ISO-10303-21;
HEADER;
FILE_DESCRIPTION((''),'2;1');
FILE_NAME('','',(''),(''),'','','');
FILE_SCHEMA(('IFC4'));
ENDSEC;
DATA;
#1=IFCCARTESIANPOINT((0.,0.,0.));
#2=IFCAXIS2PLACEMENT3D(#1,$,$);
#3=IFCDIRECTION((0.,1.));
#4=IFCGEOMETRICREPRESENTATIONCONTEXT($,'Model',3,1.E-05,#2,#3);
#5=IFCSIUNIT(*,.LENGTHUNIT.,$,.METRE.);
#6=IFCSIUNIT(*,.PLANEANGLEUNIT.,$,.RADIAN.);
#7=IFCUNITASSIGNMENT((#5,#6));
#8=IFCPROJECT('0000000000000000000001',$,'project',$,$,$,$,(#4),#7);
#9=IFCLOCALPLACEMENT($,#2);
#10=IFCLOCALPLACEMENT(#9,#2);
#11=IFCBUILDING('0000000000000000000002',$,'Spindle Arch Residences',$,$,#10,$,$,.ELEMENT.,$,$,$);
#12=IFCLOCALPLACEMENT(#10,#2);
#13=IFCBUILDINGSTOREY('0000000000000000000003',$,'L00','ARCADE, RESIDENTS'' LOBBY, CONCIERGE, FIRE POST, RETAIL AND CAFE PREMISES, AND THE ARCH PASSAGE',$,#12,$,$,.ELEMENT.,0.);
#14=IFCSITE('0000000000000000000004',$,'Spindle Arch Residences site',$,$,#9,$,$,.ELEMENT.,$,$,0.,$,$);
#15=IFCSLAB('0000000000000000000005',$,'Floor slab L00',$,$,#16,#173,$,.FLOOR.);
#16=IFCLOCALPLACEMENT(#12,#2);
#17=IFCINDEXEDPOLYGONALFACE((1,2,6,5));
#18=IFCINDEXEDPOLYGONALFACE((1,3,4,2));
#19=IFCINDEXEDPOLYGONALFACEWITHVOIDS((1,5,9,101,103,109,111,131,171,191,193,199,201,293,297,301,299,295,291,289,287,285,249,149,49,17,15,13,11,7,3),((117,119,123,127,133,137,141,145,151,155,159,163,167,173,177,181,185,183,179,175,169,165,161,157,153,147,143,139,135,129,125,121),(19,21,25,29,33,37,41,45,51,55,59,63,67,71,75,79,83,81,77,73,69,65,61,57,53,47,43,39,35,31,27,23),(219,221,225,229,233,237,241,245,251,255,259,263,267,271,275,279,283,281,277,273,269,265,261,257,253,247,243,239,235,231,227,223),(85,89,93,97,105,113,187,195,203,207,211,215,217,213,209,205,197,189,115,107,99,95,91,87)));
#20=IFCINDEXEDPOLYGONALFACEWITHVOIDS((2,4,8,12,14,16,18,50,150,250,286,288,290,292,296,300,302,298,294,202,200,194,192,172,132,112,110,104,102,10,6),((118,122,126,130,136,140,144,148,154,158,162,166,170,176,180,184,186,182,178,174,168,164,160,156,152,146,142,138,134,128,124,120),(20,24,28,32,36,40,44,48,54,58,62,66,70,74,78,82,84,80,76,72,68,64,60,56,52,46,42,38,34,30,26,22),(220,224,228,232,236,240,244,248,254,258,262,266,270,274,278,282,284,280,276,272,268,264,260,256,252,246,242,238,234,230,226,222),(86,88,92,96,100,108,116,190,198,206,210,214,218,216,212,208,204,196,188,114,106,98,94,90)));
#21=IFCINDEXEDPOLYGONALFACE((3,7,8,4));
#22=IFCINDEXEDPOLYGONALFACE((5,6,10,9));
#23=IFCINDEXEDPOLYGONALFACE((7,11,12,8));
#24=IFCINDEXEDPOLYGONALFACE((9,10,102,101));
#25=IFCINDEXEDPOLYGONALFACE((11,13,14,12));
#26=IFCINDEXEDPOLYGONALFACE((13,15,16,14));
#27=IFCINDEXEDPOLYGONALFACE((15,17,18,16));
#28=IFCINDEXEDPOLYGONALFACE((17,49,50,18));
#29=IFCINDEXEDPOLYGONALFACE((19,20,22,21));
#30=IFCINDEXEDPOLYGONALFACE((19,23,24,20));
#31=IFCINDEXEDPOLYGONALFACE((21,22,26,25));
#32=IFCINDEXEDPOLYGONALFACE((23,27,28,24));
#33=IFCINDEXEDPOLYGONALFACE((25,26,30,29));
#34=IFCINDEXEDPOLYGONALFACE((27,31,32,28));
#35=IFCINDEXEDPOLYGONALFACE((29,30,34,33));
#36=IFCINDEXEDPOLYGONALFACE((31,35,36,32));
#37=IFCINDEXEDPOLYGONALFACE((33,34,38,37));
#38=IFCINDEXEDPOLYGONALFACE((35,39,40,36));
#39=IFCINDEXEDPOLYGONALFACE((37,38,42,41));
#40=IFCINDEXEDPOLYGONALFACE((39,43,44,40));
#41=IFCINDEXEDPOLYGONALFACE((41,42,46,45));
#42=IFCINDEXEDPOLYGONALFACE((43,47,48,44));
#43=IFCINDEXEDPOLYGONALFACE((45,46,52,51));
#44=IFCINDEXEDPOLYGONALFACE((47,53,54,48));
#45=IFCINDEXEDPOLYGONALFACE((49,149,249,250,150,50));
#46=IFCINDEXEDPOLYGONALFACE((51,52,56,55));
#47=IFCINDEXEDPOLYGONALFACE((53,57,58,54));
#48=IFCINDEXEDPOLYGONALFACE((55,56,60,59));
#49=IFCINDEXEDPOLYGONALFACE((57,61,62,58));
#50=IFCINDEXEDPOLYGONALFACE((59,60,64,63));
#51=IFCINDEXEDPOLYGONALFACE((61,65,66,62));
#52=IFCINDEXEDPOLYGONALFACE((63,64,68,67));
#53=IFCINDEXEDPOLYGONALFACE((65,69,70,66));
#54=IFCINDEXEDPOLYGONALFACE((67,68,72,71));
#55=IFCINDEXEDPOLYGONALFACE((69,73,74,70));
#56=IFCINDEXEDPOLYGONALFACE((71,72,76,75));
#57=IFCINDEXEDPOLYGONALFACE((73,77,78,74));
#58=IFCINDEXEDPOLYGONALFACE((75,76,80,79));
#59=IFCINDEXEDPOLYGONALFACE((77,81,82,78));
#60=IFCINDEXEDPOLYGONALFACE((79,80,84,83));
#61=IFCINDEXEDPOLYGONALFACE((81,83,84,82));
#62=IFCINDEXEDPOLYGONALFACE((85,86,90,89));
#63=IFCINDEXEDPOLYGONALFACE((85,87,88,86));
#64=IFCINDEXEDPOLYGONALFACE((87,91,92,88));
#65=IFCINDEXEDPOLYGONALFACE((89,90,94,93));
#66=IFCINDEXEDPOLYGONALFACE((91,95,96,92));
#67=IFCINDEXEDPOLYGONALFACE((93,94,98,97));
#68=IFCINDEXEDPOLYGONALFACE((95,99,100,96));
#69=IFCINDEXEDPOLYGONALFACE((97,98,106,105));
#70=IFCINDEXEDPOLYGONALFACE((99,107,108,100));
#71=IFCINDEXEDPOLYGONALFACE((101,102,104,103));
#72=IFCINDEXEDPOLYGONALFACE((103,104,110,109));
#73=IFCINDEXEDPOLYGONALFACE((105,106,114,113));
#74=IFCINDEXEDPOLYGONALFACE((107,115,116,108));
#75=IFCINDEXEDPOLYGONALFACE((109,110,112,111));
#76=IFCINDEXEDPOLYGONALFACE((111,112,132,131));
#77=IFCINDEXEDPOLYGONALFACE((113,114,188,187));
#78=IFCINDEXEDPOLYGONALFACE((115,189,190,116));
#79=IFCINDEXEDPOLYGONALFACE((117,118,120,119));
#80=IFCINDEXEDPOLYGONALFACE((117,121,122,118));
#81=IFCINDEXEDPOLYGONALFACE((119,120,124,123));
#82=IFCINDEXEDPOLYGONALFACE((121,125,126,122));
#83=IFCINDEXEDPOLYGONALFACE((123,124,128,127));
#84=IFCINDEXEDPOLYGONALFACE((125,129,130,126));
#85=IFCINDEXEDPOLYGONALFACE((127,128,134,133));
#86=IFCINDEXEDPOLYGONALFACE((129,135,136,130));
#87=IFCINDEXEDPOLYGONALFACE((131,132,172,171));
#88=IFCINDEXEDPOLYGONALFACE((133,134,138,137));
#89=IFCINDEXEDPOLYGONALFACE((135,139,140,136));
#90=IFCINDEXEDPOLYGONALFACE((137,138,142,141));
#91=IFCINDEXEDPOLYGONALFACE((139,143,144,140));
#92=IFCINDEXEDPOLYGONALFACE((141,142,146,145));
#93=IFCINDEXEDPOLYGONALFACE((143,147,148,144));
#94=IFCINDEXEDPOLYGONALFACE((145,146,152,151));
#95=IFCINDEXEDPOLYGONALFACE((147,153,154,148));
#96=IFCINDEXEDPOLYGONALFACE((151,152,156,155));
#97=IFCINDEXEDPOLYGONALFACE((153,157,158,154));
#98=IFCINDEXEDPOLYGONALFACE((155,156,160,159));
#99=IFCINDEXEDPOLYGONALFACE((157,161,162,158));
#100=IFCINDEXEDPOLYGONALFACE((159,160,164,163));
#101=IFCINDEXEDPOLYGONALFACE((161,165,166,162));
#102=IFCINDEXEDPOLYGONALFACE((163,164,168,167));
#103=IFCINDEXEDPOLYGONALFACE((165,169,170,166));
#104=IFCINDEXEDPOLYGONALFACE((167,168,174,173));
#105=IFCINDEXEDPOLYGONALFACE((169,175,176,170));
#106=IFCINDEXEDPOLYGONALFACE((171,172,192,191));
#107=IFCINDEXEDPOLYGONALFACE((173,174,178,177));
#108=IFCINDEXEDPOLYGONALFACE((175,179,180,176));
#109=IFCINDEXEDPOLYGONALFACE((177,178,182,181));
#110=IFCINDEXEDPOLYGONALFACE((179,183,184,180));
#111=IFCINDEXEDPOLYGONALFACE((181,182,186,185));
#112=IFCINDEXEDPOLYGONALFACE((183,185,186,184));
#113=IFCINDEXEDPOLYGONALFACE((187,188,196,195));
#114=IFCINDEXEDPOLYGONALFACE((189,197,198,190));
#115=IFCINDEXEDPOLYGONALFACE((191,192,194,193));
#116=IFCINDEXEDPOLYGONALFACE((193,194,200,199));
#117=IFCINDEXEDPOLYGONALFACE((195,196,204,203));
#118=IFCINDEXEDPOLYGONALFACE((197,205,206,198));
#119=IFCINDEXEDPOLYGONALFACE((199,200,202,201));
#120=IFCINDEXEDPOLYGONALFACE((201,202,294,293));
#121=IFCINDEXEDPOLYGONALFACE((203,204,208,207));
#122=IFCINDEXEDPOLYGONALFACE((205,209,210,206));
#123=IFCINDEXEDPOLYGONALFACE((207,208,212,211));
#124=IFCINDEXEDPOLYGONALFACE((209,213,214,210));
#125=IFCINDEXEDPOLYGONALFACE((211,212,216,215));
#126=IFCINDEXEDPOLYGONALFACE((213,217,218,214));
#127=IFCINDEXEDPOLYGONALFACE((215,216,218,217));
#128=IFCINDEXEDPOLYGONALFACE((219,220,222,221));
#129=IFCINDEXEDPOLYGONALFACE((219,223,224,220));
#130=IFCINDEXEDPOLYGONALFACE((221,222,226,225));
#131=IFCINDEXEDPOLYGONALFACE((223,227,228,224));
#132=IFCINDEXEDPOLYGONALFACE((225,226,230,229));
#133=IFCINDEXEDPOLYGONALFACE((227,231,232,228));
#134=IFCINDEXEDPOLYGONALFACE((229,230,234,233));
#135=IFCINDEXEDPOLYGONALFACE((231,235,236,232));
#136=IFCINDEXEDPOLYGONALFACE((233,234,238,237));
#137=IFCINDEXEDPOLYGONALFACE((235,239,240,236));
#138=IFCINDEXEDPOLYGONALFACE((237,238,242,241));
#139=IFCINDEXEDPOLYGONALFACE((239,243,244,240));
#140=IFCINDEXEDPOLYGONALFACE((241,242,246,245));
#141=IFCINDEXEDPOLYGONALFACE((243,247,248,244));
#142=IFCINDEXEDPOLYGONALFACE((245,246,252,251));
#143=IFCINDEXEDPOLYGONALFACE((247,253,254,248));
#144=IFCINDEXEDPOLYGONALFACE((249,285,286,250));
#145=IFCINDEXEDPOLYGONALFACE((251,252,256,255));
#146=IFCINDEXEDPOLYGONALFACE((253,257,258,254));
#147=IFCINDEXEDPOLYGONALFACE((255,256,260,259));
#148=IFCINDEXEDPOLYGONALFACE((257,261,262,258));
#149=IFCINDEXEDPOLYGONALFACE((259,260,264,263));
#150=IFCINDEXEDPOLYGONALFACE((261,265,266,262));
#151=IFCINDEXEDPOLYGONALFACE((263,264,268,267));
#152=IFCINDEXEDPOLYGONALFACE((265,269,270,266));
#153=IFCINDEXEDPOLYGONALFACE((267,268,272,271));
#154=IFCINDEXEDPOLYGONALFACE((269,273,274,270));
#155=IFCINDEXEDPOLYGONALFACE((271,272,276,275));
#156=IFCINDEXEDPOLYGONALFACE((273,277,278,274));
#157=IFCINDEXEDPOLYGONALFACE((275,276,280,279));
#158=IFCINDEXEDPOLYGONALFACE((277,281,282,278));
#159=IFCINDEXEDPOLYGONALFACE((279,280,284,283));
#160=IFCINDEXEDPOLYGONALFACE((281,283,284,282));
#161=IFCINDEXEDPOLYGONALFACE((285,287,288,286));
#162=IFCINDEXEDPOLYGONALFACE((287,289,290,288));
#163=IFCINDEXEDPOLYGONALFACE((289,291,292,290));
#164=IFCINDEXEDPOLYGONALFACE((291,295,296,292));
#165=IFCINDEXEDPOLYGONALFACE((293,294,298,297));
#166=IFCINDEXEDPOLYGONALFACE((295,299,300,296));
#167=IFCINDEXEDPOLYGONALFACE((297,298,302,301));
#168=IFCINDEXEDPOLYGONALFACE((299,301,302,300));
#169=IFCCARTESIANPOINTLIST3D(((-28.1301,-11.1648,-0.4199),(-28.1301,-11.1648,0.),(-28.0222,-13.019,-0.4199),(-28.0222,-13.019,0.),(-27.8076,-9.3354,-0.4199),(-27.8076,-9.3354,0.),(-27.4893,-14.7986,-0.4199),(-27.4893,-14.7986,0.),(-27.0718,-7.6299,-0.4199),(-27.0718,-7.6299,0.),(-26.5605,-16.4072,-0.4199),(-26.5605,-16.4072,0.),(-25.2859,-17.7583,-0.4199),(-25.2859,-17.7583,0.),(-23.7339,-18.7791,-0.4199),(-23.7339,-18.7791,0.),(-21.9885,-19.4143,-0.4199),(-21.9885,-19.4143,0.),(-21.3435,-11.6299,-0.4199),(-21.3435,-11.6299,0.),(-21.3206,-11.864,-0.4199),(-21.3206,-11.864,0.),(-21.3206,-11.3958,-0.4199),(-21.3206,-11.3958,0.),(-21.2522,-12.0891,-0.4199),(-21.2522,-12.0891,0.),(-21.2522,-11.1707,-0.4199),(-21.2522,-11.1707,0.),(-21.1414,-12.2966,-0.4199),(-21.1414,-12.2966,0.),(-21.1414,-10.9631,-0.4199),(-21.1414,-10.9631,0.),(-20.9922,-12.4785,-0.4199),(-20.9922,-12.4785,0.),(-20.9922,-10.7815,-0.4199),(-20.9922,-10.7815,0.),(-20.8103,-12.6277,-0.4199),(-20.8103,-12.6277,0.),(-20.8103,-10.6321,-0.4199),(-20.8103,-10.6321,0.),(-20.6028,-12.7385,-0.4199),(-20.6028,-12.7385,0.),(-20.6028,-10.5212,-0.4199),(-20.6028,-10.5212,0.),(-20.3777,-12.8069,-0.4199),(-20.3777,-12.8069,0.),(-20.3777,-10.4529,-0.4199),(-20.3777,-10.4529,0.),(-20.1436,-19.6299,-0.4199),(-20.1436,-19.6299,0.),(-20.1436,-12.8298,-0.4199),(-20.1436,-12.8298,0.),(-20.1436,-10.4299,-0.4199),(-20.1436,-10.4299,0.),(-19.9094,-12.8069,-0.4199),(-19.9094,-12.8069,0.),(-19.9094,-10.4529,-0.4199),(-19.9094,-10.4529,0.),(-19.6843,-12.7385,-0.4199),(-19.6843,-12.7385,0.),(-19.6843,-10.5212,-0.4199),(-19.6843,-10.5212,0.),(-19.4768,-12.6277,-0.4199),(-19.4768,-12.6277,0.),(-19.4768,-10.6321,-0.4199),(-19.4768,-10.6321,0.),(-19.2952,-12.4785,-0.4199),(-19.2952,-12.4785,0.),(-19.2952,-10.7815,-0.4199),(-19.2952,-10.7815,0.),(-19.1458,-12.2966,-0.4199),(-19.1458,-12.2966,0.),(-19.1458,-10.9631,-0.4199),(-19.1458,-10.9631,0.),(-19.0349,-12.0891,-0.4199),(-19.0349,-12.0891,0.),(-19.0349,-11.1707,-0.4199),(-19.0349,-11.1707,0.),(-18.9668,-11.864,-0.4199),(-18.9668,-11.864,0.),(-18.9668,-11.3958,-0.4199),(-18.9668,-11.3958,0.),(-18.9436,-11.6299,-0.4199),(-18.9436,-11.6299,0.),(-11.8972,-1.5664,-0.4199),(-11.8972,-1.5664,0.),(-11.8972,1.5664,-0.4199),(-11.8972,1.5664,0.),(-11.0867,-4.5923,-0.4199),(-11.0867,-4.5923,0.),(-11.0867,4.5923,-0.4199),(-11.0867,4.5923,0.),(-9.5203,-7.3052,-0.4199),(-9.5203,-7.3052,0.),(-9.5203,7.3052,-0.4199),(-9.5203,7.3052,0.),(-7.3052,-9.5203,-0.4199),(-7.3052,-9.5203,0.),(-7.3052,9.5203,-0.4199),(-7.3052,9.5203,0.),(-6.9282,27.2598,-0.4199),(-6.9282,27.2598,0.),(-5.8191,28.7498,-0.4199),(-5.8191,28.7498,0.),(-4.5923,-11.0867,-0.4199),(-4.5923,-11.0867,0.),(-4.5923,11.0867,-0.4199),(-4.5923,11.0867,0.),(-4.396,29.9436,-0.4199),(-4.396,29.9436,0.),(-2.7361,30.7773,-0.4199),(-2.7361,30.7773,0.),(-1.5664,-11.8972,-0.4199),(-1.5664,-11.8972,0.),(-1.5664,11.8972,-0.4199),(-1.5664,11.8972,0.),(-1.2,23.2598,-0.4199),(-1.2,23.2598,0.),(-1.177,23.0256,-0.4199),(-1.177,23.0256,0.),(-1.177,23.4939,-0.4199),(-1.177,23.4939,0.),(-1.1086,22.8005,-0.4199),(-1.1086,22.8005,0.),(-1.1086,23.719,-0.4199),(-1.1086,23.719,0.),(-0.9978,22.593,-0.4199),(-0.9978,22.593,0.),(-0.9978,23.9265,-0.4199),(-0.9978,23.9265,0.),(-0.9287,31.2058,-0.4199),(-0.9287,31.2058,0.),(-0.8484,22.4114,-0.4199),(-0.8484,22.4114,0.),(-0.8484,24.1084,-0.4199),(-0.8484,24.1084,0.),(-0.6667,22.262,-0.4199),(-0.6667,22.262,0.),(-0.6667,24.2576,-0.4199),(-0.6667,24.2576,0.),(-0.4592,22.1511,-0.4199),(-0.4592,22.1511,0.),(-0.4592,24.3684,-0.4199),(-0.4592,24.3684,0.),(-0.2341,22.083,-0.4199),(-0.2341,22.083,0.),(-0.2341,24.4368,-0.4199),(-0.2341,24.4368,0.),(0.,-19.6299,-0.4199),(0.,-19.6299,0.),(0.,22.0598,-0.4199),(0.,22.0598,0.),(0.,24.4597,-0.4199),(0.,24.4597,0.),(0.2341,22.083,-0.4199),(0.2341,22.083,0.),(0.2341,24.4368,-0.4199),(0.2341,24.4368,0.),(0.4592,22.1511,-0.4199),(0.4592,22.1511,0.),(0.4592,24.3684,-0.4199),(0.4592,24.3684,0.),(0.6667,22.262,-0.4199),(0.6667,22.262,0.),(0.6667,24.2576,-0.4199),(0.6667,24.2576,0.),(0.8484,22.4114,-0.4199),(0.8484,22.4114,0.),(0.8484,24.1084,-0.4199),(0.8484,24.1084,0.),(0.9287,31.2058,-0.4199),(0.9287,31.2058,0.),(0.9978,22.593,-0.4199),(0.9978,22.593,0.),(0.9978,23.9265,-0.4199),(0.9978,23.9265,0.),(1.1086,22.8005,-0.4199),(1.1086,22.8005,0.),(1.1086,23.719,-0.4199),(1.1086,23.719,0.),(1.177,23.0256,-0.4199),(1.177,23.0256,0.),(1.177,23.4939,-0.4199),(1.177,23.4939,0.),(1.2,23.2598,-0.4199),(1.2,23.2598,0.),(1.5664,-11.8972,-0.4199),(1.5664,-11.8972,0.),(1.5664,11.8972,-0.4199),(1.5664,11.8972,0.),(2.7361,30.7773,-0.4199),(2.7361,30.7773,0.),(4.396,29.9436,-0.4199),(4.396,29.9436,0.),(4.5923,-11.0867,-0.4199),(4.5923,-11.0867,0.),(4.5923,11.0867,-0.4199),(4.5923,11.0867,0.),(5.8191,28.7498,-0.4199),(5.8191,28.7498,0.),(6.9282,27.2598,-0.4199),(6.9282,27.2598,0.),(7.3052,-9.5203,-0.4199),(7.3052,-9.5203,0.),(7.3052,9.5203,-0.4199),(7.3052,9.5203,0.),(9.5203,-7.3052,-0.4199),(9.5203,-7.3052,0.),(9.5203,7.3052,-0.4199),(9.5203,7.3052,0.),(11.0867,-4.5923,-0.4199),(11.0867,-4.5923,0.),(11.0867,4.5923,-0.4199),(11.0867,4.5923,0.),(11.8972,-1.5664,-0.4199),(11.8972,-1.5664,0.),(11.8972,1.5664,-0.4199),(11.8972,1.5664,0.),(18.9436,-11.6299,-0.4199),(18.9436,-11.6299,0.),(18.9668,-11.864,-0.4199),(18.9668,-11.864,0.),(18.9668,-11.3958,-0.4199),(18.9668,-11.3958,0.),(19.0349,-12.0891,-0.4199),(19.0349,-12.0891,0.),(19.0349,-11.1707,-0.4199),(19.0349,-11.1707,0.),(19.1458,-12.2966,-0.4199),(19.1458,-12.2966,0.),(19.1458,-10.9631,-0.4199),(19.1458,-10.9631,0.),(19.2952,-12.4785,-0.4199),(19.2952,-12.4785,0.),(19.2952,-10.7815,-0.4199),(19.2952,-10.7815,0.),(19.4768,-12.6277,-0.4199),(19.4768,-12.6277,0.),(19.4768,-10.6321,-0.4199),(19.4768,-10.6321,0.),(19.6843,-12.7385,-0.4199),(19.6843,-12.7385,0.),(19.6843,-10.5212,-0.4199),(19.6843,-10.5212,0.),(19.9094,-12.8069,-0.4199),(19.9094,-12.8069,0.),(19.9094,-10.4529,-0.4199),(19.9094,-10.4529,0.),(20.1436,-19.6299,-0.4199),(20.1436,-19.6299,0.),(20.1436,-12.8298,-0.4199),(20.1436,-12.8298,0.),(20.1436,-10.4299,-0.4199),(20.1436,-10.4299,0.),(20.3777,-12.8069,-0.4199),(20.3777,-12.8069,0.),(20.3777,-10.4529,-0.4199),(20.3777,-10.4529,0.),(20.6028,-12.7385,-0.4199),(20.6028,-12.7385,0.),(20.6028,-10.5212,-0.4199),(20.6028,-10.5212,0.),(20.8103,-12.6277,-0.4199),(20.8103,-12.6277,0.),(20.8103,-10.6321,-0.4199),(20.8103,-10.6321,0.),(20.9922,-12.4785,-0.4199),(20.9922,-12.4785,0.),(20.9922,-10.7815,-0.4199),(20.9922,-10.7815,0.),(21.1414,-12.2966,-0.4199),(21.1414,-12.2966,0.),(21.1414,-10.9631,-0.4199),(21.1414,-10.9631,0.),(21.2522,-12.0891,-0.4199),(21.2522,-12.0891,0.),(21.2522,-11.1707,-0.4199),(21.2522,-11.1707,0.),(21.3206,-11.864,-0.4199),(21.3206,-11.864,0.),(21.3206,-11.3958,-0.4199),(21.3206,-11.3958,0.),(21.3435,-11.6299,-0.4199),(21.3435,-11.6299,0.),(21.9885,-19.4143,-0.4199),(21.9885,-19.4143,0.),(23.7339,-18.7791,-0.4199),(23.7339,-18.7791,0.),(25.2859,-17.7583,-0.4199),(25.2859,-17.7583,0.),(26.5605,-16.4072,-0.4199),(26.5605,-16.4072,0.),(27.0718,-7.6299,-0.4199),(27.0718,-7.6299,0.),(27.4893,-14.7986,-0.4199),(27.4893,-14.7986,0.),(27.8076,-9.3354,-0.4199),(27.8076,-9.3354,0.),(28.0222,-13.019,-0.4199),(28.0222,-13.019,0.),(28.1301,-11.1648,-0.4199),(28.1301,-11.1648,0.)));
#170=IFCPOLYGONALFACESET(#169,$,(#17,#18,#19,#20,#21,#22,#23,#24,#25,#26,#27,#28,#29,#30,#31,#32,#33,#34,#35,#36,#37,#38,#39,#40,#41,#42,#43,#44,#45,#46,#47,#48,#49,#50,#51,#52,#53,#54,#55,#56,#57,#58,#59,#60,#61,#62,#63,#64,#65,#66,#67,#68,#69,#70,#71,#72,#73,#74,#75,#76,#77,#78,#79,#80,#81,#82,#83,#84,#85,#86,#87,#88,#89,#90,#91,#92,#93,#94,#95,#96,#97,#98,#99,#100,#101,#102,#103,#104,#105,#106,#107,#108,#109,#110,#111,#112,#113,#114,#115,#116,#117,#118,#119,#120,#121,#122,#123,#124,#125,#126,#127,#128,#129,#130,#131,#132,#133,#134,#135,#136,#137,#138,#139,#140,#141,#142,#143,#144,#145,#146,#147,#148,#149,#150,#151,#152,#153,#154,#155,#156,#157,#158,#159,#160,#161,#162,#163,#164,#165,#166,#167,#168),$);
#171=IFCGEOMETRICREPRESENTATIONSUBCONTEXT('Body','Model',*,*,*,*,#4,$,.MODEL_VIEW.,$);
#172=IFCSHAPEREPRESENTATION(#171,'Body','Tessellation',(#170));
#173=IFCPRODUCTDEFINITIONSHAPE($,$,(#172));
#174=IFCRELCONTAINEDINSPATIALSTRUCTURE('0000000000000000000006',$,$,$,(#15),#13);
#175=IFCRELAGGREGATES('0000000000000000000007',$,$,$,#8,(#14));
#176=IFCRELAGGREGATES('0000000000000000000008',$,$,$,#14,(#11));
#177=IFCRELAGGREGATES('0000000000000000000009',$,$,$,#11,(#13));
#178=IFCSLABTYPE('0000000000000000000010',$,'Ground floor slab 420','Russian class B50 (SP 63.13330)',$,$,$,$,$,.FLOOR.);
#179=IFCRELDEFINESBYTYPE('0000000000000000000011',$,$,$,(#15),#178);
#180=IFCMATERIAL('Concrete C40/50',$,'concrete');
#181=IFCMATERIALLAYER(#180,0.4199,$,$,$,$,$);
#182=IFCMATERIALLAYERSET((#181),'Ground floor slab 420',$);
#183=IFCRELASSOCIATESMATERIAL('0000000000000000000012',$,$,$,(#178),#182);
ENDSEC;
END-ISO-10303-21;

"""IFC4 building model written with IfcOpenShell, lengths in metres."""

from ifc_helpers import new_model, si_unit, direction, frame, origin, place, context, subcontext, project, spatial, polyline, outline, extrude, material, layer, layer_set, type_object, element, save


model = new_model("IFC4")

# Units and contexts
model_context = context("Model", 3, precision=1e-05, world=origin(), true_north=direction((0.0, 1.0)))
body_context = subcontext(model_context, "Body", "Model", "MODEL_VIEW")
ifc_project = project(units=[si_unit("LENGTHUNIT", "METRE"), si_unit("PLANEANGLEUNIT", "RADIAN")], contexts=[model_context])

# Site, building, storey
site_placement = place(None, origin())
site = spatial("IfcSite", under=ifc_project, at=site_placement, Name="Spindle Arch Residences site", CompositionType="ELEMENT", RefElevation=0.0)
building_placement = place(site_placement, origin())
building = spatial("IfcBuilding", under=site, at=building_placement, Name="Spindle Arch Residences", CompositionType="ELEMENT")
storey_placement = place(building_placement, origin())
storey = spatial("IfcBuildingStorey", under=building, at=storey_placement, Name="L00", Description="ARCADE, RESIDENTS' LOBBY, CONCIERGE, FIRE POST, RETAIL AND CAFE PREMISES, AND THE ARCH PASSAGE", CompositionType="ELEMENT", Elevation=0.0)

# Slab
ifc_material_1 = material(Name="Concrete C40/50", Category="concrete")
ifc_layer_1 = layer(ifc_material_1, 0.4199)
ifc_layer_set_1 = layer_set([ifc_layer_1], Name="Ground floor slab 420")
slab_type_1 = type_object("IfcSlabType", Name="Ground floor slab 420", Description="Russian class B50 (SP 63.13330)", PredefinedType="FLOOR", material=ifc_layer_set_1)
slab_1_placement = place(storey_placement, frame((0.0, 0.0, -0.4199)))
element("IfcSlab", 1, at=slab_1_placement, inside=storey, type_object=slab_type_1, Name="Floor slab L00", PredefinedType="FLOOR", context=body_context, shape_type="SweptSolid", body=[
    extrude(outline(polyline([(-21.9885, -19.4143), (-23.7339, -18.7791), (-25.2859, -17.7583), (-26.5605, -16.4072), (-27.4893, -14.7986), (-28.0222, -13.019), (-28.1301, -11.1648), (-27.8076, -9.3354), (-27.0718, -7.6299), (-6.9282, 27.2598), (-5.8191, 28.7498), (-4.396, 29.9436), (-2.7361, 30.7773), (-0.9287, 31.2058), (0.9287, 31.2058), (2.7361, 30.7773), (4.396, 29.9436), (5.8191, 28.7498), (6.9282, 27.2598), (27.0718, -7.6299), (27.8076, -9.3354), (28.1301, -11.1648), (28.0222, -13.019), (27.4893, -14.7986), (26.5605, -16.4072), (25.2859, -17.7583), (23.7339, -18.7791), (21.9885, -19.4143), (20.1436, -19.6299), (0.0, -19.6299), (-20.1436, -19.6299), (-21.9885, -19.4143)]), holes=[polyline([(7.3052, -9.5203), (9.5203, -7.3052), (11.0867, -4.5923), (11.8972, -1.5664), (11.8972, 1.5664), (11.0867, 4.5923), (9.5203, 7.3052), (7.3052, 9.5203), (4.5923, 11.0867), (1.5664, 11.8972), (-1.5664, 11.8972), (-4.5923, 11.0867), (-7.3052, 9.5203), (-9.5203, 7.3052), (-11.0867, 4.5923), (-11.8972, 1.5664), (-11.8972, -1.5664), (-11.0867, -4.5923), (-9.5203, -7.3052), (-7.3052, -9.5203), (-4.5923, -11.0867), (-1.5664, -11.8972), (1.5664, -11.8972), (4.5923, -11.0867), (7.3052, -9.5203)]), polyline([(-19.2952, -12.4785), (-19.1458, -12.2966), (-19.0349, -12.0891), (-18.9668, -11.864), (-18.9436, -11.6299), (-18.9668, -11.3958), (-19.0349, -11.1707), (-19.1458, -10.9631), (-19.2952, -10.7815), (-19.4768, -10.6321), (-19.6843, -10.5212), (-19.9094, -10.4529), (-20.1436, -10.4299), (-20.3777, -10.4529), (-20.6028, -10.5212), (-20.8103, -10.6321), (-20.9922, -10.7815), (-21.1414, -10.9631), (-21.2522, -11.1707), (-21.3206, -11.3958), (-21.3435, -11.6299), (-21.3206, -11.864), (-21.2522, -12.0891), (-21.1414, -12.2966), (-20.9922, -12.4785), (-20.8103, -12.6277), (-20.6028, -12.7385), (-20.3777, -12.8069), (-20.1436, -12.8298), (-19.9094, -12.8069), (-19.6843, -12.7385), (-19.4768, -12.6277), (-19.2952, -12.4785)]), polyline([(0.8484, 22.4114), (0.9978, 22.593), (1.1086, 22.8005), (1.177, 23.0256), (1.2, 23.2598), (1.177, 23.4939), (1.1086, 23.719), (0.9978, 23.9265), (0.8484, 24.1084), (0.6667, 24.2576), (0.4592, 24.3684), (0.2341, 24.4368), (0.0, 24.4597), (-0.2341, 24.4368), (-0.4592, 24.3684), (-0.6667, 24.2576), (-0.8484, 24.1084), (-0.9978, 23.9265), (-1.1086, 23.719), (-1.177, 23.4939), (-1.2, 23.2598), (-1.177, 23.0256), (-1.1086, 22.8005), (-0.9978, 22.593), (-0.8484, 22.4114), (-0.6667, 22.262), (-0.4592, 22.1511), (-0.2341, 22.083), (0.0, 22.0598), (0.2341, 22.083), (0.4592, 22.1511), (0.6667, 22.262), (0.8484, 22.4114)]), polyline([(20.9922, -12.4785), (21.1414, -12.2966), (21.2522, -12.0891), (21.3206, -11.864), (21.3435, -11.6299), (21.3206, -11.3958), (21.2522, -11.1707), (21.1414, -10.9631), (20.9922, -10.7815), (20.8103, -10.6321), (20.6028, -10.5212), (20.3777, -10.4529), (20.1436, -10.4299), (19.9094, -10.4529), (19.6843, -10.5212), (19.4768, -10.6321), (19.2952, -10.7815), (19.1458, -10.9631), (19.0349, -11.1707), (18.9668, -11.3958), (18.9436, -11.6299), (18.9668, -11.864), (19.0349, -12.0891), (19.1458, -12.2966), (19.2952, -12.4785), (19.4768, -12.6277), (19.6843, -12.7385), (19.9094, -12.8069), (20.1436, -12.8298), (20.3777, -12.8069), (20.6028, -12.7385), (20.8103, -12.6277), (20.9922, -12.4785)])]), origin(), (0.0, 0.0, 1.0), 0.4199),
])

save(model, "model.ifc")
